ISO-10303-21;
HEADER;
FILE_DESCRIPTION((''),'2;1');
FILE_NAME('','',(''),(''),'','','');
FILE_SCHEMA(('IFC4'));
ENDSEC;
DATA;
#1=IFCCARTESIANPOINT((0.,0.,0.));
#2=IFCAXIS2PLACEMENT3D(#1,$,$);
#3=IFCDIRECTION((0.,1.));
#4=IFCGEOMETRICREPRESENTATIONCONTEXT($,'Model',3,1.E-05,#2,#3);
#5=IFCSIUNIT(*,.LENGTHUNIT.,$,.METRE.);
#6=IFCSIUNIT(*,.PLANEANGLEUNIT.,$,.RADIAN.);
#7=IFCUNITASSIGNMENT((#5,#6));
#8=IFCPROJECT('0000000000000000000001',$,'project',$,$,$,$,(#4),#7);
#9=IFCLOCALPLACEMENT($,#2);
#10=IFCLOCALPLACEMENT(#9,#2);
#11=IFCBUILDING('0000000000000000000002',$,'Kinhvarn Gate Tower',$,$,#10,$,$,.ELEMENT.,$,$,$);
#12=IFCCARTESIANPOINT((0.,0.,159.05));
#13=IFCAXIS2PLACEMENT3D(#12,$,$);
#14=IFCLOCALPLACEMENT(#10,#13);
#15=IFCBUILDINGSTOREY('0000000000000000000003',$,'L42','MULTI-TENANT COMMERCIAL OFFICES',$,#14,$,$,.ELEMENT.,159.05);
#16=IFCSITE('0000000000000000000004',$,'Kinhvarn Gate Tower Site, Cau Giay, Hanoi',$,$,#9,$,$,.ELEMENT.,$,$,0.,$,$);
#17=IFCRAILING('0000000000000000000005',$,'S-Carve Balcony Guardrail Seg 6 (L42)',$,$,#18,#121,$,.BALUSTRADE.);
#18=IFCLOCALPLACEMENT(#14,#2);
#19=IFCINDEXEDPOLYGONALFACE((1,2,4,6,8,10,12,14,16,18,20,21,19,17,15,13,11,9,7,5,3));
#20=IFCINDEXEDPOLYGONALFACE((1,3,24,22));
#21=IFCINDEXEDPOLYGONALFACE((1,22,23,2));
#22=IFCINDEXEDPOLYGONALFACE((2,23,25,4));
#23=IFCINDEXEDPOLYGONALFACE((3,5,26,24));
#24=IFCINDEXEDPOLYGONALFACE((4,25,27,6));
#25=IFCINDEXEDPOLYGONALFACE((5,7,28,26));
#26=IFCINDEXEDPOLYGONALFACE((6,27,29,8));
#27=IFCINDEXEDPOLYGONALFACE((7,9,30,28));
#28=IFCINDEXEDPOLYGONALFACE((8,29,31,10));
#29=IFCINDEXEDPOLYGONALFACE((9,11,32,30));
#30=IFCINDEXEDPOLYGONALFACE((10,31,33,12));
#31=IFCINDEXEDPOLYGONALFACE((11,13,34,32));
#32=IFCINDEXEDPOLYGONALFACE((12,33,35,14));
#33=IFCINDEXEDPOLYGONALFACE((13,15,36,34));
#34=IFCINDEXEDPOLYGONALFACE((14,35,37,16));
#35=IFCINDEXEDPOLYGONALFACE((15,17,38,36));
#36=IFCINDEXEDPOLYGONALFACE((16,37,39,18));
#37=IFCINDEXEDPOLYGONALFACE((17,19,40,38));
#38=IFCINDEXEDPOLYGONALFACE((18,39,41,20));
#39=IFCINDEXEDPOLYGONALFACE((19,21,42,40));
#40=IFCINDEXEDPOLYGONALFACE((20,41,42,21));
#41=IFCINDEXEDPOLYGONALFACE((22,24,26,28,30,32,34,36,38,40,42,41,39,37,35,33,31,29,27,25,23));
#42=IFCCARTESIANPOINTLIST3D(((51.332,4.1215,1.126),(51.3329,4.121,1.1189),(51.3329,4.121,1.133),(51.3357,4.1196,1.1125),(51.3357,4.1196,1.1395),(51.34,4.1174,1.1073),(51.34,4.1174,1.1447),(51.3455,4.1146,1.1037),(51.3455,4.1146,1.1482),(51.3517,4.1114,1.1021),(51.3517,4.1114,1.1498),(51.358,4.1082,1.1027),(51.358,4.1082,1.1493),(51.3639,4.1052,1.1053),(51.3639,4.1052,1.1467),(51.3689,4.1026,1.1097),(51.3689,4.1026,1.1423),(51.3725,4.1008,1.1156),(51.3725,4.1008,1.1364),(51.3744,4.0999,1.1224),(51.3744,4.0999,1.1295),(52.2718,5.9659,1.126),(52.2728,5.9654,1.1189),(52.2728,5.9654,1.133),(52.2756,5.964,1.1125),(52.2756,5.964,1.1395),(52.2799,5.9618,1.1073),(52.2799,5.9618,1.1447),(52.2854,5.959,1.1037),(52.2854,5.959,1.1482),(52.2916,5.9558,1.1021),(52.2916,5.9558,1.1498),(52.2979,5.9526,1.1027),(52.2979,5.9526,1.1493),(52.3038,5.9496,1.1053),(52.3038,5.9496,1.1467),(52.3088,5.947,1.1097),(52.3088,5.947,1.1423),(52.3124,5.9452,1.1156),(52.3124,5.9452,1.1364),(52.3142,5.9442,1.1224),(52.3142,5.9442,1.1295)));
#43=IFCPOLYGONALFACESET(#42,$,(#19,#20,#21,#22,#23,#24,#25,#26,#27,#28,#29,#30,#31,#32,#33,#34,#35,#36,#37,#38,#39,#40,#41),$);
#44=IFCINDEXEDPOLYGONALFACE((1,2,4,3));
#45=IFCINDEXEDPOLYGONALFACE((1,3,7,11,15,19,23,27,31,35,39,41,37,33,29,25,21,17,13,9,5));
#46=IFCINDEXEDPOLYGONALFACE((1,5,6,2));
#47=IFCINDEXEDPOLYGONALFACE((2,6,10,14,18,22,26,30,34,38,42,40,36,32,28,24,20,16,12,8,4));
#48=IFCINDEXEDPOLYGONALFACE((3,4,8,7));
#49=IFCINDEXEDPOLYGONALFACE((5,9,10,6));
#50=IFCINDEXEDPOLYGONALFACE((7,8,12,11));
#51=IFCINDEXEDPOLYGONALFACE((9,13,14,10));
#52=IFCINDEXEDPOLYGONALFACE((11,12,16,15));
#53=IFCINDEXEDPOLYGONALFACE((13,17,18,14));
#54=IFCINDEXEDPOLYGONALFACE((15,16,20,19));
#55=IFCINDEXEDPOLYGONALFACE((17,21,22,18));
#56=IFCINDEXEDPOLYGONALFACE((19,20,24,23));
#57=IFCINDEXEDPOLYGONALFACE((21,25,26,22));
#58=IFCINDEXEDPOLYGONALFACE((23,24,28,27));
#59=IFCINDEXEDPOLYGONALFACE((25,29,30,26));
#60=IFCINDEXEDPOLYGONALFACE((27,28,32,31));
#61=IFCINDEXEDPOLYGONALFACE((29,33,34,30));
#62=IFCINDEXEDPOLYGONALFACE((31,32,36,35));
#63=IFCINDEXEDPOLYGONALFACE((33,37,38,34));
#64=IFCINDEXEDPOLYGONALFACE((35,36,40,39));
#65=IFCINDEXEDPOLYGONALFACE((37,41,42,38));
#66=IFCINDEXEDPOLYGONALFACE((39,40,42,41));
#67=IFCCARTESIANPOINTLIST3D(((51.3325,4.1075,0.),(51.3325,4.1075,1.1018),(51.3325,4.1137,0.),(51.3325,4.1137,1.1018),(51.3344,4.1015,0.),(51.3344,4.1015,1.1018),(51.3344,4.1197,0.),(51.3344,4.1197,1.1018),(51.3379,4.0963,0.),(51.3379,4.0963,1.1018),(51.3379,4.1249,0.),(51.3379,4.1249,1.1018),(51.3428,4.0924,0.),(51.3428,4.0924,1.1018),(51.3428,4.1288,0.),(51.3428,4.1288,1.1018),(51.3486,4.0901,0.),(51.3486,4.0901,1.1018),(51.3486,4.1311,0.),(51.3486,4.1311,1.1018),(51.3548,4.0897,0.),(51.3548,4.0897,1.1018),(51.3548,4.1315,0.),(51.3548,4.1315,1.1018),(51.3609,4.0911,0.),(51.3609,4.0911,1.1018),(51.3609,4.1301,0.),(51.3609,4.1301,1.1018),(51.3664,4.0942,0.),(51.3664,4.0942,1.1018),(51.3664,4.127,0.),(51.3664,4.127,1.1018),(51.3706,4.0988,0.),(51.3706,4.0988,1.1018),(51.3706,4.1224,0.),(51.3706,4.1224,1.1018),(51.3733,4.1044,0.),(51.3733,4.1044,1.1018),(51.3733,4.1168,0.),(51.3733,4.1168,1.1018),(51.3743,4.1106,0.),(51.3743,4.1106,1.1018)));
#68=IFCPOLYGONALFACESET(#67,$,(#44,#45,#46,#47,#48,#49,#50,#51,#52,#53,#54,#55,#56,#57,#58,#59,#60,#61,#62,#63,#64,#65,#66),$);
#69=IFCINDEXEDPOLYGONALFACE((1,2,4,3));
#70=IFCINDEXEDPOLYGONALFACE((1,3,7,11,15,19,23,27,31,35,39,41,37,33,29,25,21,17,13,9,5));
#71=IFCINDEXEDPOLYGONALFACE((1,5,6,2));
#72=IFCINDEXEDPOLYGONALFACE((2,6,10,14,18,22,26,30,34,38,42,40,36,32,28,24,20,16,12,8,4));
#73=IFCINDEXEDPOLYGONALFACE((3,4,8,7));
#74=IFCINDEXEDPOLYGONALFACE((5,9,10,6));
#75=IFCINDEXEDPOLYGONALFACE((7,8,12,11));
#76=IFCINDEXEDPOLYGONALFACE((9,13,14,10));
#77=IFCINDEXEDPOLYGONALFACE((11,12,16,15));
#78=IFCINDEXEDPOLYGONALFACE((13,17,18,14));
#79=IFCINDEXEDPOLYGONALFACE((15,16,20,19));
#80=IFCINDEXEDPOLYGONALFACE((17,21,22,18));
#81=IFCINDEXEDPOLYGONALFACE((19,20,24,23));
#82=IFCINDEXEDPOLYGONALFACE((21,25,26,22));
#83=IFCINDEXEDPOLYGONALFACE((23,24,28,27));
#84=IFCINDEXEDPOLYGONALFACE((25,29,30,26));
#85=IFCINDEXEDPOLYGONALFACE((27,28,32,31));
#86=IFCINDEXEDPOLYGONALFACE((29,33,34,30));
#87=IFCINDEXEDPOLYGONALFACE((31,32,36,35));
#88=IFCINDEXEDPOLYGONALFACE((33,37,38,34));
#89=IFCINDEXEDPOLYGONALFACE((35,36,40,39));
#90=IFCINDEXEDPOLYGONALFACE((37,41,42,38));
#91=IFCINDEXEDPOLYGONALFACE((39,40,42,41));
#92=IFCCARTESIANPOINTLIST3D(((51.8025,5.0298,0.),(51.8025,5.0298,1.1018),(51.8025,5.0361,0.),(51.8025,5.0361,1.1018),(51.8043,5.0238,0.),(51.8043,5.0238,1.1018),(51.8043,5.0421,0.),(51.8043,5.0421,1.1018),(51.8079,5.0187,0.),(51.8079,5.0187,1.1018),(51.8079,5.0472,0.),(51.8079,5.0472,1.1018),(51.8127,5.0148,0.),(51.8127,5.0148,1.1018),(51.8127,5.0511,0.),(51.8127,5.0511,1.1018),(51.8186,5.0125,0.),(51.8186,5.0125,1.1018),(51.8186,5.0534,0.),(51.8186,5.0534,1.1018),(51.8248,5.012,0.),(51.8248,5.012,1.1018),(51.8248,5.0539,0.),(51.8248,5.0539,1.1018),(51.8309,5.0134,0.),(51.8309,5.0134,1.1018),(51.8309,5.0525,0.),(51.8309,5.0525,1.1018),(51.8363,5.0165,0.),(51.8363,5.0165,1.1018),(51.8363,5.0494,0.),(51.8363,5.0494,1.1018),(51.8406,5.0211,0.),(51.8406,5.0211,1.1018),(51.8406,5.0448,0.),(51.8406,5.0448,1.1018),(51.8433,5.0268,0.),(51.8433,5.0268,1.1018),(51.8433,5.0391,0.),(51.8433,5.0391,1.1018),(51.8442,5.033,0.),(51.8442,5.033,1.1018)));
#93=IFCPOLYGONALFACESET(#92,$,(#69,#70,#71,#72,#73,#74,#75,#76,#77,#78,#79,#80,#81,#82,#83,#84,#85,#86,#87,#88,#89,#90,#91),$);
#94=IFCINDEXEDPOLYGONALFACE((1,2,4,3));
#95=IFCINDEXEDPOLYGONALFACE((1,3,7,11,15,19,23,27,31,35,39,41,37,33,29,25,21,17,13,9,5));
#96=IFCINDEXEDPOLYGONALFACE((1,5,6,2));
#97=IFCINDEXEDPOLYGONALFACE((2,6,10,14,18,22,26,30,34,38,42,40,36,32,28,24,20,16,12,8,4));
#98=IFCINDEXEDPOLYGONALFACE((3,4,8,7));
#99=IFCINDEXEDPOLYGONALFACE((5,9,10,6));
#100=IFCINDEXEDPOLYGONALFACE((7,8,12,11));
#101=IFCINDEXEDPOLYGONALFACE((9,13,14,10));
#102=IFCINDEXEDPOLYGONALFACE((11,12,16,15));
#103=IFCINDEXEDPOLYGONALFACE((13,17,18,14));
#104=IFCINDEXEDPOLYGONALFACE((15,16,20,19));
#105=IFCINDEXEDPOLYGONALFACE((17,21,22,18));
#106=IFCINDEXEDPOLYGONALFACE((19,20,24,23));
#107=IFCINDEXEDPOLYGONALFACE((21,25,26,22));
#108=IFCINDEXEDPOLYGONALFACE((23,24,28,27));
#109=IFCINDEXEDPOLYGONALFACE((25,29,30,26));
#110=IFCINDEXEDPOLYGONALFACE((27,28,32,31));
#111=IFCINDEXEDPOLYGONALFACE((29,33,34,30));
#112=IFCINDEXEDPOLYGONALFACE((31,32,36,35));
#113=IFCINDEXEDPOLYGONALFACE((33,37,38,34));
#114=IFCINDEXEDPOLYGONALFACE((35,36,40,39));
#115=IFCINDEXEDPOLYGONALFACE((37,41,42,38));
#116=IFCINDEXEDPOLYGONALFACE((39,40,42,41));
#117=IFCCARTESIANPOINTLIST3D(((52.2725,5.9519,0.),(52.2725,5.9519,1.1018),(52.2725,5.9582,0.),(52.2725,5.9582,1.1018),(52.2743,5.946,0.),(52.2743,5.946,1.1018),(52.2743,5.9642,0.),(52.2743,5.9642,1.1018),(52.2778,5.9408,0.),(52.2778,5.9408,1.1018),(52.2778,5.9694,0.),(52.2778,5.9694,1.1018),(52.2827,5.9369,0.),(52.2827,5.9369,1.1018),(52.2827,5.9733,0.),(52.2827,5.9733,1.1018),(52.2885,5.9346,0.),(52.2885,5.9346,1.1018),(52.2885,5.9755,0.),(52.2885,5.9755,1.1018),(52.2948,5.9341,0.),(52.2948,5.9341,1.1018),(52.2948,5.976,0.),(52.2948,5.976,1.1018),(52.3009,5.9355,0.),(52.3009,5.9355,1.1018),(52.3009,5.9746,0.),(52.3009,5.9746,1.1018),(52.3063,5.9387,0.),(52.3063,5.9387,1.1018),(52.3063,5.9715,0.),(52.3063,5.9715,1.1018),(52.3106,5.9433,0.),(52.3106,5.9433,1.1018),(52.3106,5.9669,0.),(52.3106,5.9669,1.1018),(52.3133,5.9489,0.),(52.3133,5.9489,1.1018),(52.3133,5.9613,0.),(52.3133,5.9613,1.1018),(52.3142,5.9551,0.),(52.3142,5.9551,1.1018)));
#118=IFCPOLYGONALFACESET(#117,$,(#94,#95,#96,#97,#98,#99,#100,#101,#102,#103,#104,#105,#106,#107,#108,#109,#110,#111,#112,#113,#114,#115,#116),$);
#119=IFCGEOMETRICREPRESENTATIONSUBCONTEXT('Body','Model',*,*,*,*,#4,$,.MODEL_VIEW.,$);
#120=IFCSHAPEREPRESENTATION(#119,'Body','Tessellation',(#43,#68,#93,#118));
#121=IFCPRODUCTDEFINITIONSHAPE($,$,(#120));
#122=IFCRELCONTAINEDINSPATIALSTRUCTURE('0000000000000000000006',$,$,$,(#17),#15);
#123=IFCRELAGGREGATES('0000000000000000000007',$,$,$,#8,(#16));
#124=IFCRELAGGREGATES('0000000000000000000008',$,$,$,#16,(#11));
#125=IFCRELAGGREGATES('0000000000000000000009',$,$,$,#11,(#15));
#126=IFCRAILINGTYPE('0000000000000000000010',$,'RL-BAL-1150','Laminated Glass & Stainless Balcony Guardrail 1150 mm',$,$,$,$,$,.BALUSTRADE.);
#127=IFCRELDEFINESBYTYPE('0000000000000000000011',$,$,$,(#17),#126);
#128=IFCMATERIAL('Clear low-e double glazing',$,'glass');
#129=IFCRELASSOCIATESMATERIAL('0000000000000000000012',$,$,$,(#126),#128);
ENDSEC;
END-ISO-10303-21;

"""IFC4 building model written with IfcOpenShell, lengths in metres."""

from ifc_helpers import new_model, si_unit, direction, frame, origin, origin_2d, place, context, subcontext, project, spatial, circle, extrude, material, type_object, element, save


model = new_model("IFC4")

# Units and contexts
model_context = context("Model", 3, precision=1e-05, world=origin(), true_north=direction((0.0, 1.0)))
body_context = subcontext(model_context, "Body", "Model", "MODEL_VIEW")
ifc_project = project(units=[si_unit("LENGTHUNIT", "METRE"), si_unit("PLANEANGLEUNIT", "RADIAN")], contexts=[model_context])

# Site, building, storey
site_placement = place(None, origin())
site = spatial("IfcSite", under=ifc_project, at=site_placement, Name="Kinhvarn Gate Tower Site, Cau Giay, Hanoi", CompositionType="ELEMENT", RefElevation=0.0)
building_placement = place(site_placement, origin())
building = spatial("IfcBuilding", under=site, at=building_placement, Name="Kinhvarn Gate Tower", CompositionType="ELEMENT")
storey_placement = place(building_placement, frame((0.0, 0.0, 159.05)))
storey = spatial("IfcBuildingStorey", under=building, at=storey_placement, Name="L42", Description="MULTI-TENANT COMMERCIAL OFFICES", CompositionType="ELEMENT", Elevation=159.05)

# Shared definitions
ifc_material_1 = material(Name="Clear low-e double glazing", Category="glass")

# Railing
railing_type = type_object("IfcRailingType", Name="RL-BAL-1150", Description="Laminated Glass & Stainless Balcony Guardrail 1150 mm", PredefinedType="BALUSTRADE", material=ifc_material_1)
railing_1_placement = place(storey_placement, frame((51.3533, 4.1106, 0.0)))
element("IfcRailing", 1, at=railing_1_placement, inside=storey, type_object=railing_type, Name="S-Carve Balcony Guardrail Seg 6 (L42)", PredefinedType="BALUSTRADE", context=body_context, shape_type="SweptSolid", body=[
    extrude(circle(Radius=0.0239, at=origin_2d()), frame((0.0, 0.0, 1.126), z_axis=(0.454041, 0.890981, 0.0), x_axis=(-0.890981, 0.454041, 0.0)), (0.0, 0.0, 1.0), 2.0701),
    extrude(circle(Radius=0.021, at=origin_2d()), origin(), (0.0, 0.0, 1.0), 1.1018),
    extrude(circle(Radius=0.021, at=origin_2d()), frame((0.47, 0.9224, 0.0)), (0.0, 0.0, 1.0), 1.1018),
    extrude(circle(Radius=0.021, at=origin_2d()), frame((0.9399, 1.8445, 0.0)), (0.0, 0.0, 1.0), 1.1018),
])

save(model, "model.ifc")
